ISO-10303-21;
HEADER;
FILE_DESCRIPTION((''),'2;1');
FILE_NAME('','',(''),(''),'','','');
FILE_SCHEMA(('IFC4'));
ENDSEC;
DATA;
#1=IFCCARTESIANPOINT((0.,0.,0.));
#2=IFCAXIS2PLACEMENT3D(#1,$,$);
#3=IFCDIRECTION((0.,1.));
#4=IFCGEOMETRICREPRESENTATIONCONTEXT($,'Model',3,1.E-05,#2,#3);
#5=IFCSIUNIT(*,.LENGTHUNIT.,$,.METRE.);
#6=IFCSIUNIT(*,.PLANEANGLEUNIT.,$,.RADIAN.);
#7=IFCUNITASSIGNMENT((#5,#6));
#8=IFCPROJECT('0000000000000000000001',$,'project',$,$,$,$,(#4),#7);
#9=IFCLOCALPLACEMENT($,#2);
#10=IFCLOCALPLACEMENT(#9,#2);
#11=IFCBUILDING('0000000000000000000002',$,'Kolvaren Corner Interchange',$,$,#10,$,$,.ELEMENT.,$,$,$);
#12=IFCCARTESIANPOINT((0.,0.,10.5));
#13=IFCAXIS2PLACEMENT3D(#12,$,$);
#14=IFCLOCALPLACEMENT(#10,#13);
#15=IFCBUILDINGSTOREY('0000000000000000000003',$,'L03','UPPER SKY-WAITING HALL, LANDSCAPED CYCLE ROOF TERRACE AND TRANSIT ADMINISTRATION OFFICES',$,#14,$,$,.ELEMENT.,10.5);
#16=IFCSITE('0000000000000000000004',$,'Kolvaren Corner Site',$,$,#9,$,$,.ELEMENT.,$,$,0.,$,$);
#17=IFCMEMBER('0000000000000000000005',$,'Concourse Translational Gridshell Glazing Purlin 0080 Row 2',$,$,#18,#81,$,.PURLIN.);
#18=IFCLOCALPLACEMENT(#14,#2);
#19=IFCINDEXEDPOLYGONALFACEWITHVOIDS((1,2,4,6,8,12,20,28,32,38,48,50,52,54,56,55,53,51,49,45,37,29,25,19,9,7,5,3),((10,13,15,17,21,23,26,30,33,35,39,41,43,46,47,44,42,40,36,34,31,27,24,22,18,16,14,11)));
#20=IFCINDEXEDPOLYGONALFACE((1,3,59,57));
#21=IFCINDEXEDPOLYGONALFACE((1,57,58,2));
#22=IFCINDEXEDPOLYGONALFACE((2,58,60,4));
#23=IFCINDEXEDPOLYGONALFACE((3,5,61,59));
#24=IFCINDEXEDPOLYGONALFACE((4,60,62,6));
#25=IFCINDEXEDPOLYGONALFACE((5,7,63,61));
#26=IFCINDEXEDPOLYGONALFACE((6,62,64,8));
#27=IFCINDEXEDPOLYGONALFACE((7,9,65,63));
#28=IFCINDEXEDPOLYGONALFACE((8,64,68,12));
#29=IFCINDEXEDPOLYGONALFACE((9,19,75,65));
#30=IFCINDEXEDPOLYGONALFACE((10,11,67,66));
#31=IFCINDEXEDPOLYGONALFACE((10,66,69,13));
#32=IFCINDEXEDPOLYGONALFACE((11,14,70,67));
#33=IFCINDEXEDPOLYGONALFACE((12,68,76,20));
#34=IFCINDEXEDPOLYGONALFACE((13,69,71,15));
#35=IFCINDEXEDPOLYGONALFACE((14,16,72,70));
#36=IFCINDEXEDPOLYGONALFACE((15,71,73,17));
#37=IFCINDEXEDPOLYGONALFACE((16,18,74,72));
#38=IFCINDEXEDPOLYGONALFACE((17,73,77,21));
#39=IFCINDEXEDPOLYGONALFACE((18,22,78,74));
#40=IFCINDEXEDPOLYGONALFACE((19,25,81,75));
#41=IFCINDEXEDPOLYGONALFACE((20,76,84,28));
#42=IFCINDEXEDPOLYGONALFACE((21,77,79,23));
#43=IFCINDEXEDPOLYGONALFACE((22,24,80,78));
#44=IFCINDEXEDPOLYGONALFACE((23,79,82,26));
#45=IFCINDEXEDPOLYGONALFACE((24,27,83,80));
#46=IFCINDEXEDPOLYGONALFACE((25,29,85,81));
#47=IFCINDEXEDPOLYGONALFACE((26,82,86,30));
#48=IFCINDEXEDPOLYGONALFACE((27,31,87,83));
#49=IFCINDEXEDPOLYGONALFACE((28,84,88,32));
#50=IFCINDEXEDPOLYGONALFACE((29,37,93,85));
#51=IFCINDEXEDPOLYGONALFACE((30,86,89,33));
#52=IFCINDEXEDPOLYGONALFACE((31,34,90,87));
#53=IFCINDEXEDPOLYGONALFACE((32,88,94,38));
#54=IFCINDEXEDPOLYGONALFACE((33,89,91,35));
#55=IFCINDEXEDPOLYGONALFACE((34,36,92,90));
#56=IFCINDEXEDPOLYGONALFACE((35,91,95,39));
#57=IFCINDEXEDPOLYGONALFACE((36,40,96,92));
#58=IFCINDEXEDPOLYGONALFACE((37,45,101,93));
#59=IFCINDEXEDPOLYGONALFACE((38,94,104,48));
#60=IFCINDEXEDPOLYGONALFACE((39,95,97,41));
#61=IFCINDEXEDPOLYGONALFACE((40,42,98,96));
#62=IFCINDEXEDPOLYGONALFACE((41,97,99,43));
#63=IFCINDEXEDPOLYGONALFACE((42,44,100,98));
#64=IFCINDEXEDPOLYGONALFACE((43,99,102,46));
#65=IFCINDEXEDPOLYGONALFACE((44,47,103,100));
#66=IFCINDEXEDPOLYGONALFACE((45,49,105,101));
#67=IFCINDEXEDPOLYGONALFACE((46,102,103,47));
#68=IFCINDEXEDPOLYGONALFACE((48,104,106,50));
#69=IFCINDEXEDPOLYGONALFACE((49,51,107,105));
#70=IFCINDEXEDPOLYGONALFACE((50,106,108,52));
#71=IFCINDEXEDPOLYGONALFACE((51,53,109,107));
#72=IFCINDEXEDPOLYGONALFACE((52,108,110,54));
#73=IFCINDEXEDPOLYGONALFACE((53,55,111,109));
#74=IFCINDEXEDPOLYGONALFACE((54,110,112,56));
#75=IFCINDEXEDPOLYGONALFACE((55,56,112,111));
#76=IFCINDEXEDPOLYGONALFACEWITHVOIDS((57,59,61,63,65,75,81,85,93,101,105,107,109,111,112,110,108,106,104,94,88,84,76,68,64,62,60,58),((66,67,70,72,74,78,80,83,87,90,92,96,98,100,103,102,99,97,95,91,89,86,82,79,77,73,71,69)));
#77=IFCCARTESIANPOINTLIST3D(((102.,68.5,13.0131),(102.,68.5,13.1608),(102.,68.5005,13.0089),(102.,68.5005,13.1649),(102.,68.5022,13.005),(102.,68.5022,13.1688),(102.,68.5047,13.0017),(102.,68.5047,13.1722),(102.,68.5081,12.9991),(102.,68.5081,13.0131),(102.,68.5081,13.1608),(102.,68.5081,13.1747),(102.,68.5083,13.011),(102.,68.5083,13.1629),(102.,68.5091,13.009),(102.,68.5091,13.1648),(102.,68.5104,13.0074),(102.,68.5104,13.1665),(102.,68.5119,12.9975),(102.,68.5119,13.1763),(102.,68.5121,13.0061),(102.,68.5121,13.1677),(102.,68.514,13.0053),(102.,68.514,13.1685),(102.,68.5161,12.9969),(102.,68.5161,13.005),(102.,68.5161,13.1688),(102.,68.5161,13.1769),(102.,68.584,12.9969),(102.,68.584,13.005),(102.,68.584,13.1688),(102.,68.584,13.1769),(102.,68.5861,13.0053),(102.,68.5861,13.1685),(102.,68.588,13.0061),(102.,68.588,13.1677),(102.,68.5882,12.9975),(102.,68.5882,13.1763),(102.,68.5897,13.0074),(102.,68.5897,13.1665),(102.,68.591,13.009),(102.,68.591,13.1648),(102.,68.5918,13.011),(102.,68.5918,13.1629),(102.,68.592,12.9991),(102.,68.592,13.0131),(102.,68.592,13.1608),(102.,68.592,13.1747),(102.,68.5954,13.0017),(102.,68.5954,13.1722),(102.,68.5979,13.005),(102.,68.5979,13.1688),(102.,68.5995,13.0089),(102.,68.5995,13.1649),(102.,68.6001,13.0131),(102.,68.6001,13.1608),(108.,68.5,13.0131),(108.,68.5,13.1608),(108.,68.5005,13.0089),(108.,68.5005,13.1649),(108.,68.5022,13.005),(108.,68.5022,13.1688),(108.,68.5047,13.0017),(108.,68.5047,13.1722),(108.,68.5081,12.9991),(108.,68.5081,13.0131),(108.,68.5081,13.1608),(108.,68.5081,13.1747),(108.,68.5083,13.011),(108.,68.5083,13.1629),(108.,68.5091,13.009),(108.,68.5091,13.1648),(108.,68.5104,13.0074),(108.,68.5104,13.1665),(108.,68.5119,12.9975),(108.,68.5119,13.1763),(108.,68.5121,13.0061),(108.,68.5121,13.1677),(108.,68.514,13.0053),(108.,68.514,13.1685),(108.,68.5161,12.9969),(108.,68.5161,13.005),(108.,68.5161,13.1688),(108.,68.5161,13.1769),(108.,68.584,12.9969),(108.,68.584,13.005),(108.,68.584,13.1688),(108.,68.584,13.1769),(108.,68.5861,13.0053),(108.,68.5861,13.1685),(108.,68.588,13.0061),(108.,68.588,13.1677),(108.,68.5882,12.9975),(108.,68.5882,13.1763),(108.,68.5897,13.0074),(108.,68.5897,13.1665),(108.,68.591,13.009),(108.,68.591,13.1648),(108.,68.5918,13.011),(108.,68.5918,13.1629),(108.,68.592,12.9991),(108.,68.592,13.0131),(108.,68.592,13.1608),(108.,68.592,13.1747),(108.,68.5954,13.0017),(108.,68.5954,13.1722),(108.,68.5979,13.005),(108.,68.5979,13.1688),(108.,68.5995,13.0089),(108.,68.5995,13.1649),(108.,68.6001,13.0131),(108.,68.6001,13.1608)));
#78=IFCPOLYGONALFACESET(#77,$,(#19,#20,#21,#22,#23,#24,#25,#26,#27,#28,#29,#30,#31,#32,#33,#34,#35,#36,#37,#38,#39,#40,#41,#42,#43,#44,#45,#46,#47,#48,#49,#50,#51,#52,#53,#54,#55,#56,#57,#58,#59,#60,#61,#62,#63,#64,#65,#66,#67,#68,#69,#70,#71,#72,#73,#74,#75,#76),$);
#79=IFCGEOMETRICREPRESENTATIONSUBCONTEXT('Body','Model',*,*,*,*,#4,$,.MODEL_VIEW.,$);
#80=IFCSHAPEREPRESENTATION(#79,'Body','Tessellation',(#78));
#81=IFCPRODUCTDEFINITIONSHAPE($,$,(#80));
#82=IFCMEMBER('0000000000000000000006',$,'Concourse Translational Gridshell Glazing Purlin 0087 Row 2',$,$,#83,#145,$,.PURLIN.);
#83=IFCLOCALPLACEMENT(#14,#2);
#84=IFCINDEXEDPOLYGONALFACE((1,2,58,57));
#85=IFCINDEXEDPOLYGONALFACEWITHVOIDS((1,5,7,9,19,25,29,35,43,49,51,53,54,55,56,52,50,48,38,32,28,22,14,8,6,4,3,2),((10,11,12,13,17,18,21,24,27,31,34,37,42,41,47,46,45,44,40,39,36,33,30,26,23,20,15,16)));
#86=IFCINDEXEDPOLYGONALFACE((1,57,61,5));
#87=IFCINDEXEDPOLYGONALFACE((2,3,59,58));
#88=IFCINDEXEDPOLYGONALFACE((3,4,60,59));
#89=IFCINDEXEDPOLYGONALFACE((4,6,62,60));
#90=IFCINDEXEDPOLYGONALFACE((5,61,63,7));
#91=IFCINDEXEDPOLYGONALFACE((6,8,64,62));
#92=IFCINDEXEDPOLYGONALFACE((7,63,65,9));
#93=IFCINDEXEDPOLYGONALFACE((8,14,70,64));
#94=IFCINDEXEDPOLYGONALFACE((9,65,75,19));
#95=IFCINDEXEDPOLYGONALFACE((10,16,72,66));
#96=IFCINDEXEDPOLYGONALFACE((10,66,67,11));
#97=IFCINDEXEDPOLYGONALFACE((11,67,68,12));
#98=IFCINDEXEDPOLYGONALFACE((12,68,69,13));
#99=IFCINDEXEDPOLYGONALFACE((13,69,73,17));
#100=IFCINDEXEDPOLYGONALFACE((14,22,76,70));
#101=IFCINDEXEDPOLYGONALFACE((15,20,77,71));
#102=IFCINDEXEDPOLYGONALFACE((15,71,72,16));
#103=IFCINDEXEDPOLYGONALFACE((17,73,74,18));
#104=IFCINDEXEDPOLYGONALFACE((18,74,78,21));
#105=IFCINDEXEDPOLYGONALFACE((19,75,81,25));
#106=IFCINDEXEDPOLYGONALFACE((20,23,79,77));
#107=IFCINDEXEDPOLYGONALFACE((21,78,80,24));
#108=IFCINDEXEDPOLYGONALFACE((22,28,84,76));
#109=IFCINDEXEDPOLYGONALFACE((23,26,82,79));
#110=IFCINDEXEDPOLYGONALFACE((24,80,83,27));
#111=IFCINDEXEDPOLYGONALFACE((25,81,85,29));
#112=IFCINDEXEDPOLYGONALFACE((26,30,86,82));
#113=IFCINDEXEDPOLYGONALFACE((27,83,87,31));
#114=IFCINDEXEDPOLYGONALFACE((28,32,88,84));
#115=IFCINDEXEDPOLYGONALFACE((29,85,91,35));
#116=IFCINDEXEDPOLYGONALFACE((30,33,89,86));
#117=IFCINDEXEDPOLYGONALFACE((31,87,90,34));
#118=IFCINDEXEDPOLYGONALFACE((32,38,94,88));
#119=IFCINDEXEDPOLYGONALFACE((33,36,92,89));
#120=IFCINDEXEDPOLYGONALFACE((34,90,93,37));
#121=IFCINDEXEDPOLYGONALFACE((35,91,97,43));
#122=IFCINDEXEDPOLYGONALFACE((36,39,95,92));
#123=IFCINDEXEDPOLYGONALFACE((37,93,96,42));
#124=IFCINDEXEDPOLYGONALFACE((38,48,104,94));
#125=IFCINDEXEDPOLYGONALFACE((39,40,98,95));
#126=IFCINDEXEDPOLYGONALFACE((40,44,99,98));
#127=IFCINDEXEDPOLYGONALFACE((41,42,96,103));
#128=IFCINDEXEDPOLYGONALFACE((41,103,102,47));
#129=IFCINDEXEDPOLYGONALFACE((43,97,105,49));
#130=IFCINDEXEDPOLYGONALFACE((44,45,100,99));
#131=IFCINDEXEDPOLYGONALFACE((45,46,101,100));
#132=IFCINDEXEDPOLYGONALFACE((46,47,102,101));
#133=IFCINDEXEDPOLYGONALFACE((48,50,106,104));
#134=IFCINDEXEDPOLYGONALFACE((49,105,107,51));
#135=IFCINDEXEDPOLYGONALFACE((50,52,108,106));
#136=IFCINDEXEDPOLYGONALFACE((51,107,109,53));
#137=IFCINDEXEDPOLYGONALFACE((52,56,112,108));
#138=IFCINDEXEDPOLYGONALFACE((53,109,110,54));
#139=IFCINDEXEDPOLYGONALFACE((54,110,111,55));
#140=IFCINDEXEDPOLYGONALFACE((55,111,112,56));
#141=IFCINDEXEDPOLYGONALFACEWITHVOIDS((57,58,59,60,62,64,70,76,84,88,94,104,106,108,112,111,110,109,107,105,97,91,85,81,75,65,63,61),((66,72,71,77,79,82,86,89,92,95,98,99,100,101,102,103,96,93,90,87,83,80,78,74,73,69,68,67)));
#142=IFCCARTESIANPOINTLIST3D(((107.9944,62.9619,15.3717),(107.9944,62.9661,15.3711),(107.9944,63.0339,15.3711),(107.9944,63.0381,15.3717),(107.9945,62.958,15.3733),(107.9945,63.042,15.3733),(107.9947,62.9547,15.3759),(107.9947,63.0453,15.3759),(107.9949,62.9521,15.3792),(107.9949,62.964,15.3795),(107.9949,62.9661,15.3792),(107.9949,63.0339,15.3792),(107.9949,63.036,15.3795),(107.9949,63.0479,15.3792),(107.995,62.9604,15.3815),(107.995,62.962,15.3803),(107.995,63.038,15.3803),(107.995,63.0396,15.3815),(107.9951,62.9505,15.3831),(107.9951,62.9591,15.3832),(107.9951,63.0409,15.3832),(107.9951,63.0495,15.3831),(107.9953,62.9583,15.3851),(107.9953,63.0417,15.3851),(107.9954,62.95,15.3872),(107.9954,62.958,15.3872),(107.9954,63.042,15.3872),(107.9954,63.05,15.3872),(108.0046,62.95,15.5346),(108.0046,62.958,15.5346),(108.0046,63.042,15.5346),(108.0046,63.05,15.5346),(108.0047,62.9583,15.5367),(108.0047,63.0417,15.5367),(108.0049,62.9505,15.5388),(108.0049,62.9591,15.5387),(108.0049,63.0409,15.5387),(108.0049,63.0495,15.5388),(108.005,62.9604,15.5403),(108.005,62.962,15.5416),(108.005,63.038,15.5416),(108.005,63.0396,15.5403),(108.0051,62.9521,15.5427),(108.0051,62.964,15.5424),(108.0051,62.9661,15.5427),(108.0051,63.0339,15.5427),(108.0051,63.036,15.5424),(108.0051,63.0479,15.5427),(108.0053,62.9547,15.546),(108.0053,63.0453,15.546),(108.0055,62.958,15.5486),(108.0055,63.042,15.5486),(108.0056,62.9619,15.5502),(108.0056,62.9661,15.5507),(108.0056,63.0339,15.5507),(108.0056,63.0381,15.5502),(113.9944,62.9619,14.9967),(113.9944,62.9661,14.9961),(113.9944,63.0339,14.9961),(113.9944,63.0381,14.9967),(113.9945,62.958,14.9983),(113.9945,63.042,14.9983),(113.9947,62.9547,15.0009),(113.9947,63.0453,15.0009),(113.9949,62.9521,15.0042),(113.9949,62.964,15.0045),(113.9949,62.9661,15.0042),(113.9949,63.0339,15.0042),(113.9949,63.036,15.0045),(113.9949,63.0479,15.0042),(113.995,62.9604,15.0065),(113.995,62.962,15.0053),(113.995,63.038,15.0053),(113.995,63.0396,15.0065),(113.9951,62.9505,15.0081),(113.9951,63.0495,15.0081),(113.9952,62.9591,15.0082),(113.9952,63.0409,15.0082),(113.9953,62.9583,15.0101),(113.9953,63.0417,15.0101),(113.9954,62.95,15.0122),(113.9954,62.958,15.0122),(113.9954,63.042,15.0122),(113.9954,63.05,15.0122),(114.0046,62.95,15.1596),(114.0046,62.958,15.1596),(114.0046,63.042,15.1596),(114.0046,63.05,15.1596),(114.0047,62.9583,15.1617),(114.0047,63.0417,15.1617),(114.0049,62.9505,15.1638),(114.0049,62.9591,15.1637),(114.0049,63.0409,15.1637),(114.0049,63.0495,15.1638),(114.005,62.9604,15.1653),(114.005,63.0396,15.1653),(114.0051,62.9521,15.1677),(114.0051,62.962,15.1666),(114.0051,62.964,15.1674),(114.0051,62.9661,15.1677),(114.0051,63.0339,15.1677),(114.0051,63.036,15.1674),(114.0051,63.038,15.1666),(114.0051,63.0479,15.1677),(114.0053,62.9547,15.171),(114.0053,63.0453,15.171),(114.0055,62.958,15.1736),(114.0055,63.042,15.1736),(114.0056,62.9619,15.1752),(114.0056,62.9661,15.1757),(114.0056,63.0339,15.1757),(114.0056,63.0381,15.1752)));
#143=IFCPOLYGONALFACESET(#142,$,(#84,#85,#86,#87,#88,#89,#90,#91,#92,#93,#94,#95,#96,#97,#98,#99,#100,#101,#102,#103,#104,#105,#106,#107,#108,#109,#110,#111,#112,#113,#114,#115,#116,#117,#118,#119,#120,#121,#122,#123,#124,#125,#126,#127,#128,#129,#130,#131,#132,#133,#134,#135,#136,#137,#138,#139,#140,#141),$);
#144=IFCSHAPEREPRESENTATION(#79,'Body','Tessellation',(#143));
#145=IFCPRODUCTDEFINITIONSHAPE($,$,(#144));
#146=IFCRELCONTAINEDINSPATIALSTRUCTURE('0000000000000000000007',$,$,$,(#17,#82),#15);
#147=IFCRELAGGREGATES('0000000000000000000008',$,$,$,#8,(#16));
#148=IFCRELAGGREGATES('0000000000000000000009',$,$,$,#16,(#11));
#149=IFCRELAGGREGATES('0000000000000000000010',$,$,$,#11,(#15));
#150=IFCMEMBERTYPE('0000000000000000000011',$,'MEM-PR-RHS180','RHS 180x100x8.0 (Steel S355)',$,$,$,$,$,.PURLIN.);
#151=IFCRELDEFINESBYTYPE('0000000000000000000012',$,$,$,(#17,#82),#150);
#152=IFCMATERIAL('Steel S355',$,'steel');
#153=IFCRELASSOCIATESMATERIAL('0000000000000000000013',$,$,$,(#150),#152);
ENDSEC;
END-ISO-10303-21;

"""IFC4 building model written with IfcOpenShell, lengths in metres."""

from ifc_helpers import new_model, si_unit, direction, frame, origin, origin_2d, place, context, subcontext, project, spatial, hollow_rectangle, extrude, material, material_profile, profile_set, type_object, element, save


model = new_model("IFC4")

# Units and contexts
model_context = context("Model", 3, precision=1e-05, world=origin(), true_north=direction((0.0, 1.0)))
body_context = subcontext(model_context, "Body", "Model", "MODEL_VIEW")
ifc_project = project(units=[si_unit("LENGTHUNIT", "METRE"), si_unit("PLANEANGLEUNIT", "RADIAN")], contexts=[model_context])

# Site, building, storey
site_placement = place(None, origin())
site = spatial("IfcSite", under=ifc_project, at=site_placement, Name="Kolvaren Corner Site", CompositionType="ELEMENT", RefElevation=0.0)
building_placement = place(site_placement, origin())
building = spatial("IfcBuilding", under=site, at=building_placement, Name="Kolvaren Corner Interchange", CompositionType="ELEMENT")
storey_placement = place(building_placement, frame((0.0, 0.0, 10.5)))
storey = spatial("IfcBuildingStorey", under=building, at=storey_placement, Name="L03", Description="UPPER SKY-WAITING HALL, LANDSCAPED CYCLE ROOF TERRACE AND TRANSIT ADMINISTRATION OFFICES", CompositionType="ELEMENT", Elevation=10.5)

# Members
ifc_material_1 = material(Name="Steel S355", Category="steel")
ifc_material_profile_1 = material_profile(ifc_material_1, hollow_rectangle(XDim=0.1001, YDim=0.1799, WallThickness=0.0081, InnerFilletRadius=0.0081, OuterFilletRadius=0.0161, at=origin_2d()), Name="RHS 180x100x8.0")
ifc_profile_set_1 = profile_set([ifc_material_profile_1], Name="Steel S355")
member_type_1 = type_object("IfcMemberType", Name="MEM-PR-RHS180", Description="RHS 180x100x8.0 (Steel S355)", PredefinedType="PURLIN", material=ifc_profile_set_1)
for number, where, z_axis, x_axis, name in (
    (1, (102.0, 68.55, 13.0869), (1.0, 0.0, 0.0), (0.0, 1.0, 0.0), "Concourse Translational Gridshell Glazing Purlin 0080 Row 2"),
):
    element("IfcMember", number, at=place(storey_placement, frame(where, z_axis=z_axis, x_axis=x_axis)), inside=storey, type_object=member_type_1, Name=name, PredefinedType="PURLIN", context=body_context, shape_type="SweptSolid", body=[
        extrude(hollow_rectangle(XDim=0.1001, YDim=0.1799, WallThickness=0.0081, InnerFilletRadius=0.0081, OuterFilletRadius=0.0161, at=origin_2d()), origin(), (0.0, 0.0, 1.0), 6.0),
    ])
member_1_placement = place(storey_placement, frame((108.0, 63.0, 15.4609), z_axis=(0.998053, 0.0, -0.062378), x_axis=(0.0, 1.0, 0.0)))
element("IfcMember", 2, at=member_1_placement, inside=storey, type_object=member_type_1, Name="Concourse Translational Gridshell Glazing Purlin 0087 Row 2", PredefinedType="PURLIN", context=body_context, shape_type="SweptSolid", body=[
    extrude(hollow_rectangle(XDim=0.1001, YDim=0.1799, WallThickness=0.0081, InnerFilletRadius=0.0081, OuterFilletRadius=0.0161, at=origin_2d()), origin(), (0.0, 0.0, 1.0), 6.0117),
])

save(model, "model.ifc")
